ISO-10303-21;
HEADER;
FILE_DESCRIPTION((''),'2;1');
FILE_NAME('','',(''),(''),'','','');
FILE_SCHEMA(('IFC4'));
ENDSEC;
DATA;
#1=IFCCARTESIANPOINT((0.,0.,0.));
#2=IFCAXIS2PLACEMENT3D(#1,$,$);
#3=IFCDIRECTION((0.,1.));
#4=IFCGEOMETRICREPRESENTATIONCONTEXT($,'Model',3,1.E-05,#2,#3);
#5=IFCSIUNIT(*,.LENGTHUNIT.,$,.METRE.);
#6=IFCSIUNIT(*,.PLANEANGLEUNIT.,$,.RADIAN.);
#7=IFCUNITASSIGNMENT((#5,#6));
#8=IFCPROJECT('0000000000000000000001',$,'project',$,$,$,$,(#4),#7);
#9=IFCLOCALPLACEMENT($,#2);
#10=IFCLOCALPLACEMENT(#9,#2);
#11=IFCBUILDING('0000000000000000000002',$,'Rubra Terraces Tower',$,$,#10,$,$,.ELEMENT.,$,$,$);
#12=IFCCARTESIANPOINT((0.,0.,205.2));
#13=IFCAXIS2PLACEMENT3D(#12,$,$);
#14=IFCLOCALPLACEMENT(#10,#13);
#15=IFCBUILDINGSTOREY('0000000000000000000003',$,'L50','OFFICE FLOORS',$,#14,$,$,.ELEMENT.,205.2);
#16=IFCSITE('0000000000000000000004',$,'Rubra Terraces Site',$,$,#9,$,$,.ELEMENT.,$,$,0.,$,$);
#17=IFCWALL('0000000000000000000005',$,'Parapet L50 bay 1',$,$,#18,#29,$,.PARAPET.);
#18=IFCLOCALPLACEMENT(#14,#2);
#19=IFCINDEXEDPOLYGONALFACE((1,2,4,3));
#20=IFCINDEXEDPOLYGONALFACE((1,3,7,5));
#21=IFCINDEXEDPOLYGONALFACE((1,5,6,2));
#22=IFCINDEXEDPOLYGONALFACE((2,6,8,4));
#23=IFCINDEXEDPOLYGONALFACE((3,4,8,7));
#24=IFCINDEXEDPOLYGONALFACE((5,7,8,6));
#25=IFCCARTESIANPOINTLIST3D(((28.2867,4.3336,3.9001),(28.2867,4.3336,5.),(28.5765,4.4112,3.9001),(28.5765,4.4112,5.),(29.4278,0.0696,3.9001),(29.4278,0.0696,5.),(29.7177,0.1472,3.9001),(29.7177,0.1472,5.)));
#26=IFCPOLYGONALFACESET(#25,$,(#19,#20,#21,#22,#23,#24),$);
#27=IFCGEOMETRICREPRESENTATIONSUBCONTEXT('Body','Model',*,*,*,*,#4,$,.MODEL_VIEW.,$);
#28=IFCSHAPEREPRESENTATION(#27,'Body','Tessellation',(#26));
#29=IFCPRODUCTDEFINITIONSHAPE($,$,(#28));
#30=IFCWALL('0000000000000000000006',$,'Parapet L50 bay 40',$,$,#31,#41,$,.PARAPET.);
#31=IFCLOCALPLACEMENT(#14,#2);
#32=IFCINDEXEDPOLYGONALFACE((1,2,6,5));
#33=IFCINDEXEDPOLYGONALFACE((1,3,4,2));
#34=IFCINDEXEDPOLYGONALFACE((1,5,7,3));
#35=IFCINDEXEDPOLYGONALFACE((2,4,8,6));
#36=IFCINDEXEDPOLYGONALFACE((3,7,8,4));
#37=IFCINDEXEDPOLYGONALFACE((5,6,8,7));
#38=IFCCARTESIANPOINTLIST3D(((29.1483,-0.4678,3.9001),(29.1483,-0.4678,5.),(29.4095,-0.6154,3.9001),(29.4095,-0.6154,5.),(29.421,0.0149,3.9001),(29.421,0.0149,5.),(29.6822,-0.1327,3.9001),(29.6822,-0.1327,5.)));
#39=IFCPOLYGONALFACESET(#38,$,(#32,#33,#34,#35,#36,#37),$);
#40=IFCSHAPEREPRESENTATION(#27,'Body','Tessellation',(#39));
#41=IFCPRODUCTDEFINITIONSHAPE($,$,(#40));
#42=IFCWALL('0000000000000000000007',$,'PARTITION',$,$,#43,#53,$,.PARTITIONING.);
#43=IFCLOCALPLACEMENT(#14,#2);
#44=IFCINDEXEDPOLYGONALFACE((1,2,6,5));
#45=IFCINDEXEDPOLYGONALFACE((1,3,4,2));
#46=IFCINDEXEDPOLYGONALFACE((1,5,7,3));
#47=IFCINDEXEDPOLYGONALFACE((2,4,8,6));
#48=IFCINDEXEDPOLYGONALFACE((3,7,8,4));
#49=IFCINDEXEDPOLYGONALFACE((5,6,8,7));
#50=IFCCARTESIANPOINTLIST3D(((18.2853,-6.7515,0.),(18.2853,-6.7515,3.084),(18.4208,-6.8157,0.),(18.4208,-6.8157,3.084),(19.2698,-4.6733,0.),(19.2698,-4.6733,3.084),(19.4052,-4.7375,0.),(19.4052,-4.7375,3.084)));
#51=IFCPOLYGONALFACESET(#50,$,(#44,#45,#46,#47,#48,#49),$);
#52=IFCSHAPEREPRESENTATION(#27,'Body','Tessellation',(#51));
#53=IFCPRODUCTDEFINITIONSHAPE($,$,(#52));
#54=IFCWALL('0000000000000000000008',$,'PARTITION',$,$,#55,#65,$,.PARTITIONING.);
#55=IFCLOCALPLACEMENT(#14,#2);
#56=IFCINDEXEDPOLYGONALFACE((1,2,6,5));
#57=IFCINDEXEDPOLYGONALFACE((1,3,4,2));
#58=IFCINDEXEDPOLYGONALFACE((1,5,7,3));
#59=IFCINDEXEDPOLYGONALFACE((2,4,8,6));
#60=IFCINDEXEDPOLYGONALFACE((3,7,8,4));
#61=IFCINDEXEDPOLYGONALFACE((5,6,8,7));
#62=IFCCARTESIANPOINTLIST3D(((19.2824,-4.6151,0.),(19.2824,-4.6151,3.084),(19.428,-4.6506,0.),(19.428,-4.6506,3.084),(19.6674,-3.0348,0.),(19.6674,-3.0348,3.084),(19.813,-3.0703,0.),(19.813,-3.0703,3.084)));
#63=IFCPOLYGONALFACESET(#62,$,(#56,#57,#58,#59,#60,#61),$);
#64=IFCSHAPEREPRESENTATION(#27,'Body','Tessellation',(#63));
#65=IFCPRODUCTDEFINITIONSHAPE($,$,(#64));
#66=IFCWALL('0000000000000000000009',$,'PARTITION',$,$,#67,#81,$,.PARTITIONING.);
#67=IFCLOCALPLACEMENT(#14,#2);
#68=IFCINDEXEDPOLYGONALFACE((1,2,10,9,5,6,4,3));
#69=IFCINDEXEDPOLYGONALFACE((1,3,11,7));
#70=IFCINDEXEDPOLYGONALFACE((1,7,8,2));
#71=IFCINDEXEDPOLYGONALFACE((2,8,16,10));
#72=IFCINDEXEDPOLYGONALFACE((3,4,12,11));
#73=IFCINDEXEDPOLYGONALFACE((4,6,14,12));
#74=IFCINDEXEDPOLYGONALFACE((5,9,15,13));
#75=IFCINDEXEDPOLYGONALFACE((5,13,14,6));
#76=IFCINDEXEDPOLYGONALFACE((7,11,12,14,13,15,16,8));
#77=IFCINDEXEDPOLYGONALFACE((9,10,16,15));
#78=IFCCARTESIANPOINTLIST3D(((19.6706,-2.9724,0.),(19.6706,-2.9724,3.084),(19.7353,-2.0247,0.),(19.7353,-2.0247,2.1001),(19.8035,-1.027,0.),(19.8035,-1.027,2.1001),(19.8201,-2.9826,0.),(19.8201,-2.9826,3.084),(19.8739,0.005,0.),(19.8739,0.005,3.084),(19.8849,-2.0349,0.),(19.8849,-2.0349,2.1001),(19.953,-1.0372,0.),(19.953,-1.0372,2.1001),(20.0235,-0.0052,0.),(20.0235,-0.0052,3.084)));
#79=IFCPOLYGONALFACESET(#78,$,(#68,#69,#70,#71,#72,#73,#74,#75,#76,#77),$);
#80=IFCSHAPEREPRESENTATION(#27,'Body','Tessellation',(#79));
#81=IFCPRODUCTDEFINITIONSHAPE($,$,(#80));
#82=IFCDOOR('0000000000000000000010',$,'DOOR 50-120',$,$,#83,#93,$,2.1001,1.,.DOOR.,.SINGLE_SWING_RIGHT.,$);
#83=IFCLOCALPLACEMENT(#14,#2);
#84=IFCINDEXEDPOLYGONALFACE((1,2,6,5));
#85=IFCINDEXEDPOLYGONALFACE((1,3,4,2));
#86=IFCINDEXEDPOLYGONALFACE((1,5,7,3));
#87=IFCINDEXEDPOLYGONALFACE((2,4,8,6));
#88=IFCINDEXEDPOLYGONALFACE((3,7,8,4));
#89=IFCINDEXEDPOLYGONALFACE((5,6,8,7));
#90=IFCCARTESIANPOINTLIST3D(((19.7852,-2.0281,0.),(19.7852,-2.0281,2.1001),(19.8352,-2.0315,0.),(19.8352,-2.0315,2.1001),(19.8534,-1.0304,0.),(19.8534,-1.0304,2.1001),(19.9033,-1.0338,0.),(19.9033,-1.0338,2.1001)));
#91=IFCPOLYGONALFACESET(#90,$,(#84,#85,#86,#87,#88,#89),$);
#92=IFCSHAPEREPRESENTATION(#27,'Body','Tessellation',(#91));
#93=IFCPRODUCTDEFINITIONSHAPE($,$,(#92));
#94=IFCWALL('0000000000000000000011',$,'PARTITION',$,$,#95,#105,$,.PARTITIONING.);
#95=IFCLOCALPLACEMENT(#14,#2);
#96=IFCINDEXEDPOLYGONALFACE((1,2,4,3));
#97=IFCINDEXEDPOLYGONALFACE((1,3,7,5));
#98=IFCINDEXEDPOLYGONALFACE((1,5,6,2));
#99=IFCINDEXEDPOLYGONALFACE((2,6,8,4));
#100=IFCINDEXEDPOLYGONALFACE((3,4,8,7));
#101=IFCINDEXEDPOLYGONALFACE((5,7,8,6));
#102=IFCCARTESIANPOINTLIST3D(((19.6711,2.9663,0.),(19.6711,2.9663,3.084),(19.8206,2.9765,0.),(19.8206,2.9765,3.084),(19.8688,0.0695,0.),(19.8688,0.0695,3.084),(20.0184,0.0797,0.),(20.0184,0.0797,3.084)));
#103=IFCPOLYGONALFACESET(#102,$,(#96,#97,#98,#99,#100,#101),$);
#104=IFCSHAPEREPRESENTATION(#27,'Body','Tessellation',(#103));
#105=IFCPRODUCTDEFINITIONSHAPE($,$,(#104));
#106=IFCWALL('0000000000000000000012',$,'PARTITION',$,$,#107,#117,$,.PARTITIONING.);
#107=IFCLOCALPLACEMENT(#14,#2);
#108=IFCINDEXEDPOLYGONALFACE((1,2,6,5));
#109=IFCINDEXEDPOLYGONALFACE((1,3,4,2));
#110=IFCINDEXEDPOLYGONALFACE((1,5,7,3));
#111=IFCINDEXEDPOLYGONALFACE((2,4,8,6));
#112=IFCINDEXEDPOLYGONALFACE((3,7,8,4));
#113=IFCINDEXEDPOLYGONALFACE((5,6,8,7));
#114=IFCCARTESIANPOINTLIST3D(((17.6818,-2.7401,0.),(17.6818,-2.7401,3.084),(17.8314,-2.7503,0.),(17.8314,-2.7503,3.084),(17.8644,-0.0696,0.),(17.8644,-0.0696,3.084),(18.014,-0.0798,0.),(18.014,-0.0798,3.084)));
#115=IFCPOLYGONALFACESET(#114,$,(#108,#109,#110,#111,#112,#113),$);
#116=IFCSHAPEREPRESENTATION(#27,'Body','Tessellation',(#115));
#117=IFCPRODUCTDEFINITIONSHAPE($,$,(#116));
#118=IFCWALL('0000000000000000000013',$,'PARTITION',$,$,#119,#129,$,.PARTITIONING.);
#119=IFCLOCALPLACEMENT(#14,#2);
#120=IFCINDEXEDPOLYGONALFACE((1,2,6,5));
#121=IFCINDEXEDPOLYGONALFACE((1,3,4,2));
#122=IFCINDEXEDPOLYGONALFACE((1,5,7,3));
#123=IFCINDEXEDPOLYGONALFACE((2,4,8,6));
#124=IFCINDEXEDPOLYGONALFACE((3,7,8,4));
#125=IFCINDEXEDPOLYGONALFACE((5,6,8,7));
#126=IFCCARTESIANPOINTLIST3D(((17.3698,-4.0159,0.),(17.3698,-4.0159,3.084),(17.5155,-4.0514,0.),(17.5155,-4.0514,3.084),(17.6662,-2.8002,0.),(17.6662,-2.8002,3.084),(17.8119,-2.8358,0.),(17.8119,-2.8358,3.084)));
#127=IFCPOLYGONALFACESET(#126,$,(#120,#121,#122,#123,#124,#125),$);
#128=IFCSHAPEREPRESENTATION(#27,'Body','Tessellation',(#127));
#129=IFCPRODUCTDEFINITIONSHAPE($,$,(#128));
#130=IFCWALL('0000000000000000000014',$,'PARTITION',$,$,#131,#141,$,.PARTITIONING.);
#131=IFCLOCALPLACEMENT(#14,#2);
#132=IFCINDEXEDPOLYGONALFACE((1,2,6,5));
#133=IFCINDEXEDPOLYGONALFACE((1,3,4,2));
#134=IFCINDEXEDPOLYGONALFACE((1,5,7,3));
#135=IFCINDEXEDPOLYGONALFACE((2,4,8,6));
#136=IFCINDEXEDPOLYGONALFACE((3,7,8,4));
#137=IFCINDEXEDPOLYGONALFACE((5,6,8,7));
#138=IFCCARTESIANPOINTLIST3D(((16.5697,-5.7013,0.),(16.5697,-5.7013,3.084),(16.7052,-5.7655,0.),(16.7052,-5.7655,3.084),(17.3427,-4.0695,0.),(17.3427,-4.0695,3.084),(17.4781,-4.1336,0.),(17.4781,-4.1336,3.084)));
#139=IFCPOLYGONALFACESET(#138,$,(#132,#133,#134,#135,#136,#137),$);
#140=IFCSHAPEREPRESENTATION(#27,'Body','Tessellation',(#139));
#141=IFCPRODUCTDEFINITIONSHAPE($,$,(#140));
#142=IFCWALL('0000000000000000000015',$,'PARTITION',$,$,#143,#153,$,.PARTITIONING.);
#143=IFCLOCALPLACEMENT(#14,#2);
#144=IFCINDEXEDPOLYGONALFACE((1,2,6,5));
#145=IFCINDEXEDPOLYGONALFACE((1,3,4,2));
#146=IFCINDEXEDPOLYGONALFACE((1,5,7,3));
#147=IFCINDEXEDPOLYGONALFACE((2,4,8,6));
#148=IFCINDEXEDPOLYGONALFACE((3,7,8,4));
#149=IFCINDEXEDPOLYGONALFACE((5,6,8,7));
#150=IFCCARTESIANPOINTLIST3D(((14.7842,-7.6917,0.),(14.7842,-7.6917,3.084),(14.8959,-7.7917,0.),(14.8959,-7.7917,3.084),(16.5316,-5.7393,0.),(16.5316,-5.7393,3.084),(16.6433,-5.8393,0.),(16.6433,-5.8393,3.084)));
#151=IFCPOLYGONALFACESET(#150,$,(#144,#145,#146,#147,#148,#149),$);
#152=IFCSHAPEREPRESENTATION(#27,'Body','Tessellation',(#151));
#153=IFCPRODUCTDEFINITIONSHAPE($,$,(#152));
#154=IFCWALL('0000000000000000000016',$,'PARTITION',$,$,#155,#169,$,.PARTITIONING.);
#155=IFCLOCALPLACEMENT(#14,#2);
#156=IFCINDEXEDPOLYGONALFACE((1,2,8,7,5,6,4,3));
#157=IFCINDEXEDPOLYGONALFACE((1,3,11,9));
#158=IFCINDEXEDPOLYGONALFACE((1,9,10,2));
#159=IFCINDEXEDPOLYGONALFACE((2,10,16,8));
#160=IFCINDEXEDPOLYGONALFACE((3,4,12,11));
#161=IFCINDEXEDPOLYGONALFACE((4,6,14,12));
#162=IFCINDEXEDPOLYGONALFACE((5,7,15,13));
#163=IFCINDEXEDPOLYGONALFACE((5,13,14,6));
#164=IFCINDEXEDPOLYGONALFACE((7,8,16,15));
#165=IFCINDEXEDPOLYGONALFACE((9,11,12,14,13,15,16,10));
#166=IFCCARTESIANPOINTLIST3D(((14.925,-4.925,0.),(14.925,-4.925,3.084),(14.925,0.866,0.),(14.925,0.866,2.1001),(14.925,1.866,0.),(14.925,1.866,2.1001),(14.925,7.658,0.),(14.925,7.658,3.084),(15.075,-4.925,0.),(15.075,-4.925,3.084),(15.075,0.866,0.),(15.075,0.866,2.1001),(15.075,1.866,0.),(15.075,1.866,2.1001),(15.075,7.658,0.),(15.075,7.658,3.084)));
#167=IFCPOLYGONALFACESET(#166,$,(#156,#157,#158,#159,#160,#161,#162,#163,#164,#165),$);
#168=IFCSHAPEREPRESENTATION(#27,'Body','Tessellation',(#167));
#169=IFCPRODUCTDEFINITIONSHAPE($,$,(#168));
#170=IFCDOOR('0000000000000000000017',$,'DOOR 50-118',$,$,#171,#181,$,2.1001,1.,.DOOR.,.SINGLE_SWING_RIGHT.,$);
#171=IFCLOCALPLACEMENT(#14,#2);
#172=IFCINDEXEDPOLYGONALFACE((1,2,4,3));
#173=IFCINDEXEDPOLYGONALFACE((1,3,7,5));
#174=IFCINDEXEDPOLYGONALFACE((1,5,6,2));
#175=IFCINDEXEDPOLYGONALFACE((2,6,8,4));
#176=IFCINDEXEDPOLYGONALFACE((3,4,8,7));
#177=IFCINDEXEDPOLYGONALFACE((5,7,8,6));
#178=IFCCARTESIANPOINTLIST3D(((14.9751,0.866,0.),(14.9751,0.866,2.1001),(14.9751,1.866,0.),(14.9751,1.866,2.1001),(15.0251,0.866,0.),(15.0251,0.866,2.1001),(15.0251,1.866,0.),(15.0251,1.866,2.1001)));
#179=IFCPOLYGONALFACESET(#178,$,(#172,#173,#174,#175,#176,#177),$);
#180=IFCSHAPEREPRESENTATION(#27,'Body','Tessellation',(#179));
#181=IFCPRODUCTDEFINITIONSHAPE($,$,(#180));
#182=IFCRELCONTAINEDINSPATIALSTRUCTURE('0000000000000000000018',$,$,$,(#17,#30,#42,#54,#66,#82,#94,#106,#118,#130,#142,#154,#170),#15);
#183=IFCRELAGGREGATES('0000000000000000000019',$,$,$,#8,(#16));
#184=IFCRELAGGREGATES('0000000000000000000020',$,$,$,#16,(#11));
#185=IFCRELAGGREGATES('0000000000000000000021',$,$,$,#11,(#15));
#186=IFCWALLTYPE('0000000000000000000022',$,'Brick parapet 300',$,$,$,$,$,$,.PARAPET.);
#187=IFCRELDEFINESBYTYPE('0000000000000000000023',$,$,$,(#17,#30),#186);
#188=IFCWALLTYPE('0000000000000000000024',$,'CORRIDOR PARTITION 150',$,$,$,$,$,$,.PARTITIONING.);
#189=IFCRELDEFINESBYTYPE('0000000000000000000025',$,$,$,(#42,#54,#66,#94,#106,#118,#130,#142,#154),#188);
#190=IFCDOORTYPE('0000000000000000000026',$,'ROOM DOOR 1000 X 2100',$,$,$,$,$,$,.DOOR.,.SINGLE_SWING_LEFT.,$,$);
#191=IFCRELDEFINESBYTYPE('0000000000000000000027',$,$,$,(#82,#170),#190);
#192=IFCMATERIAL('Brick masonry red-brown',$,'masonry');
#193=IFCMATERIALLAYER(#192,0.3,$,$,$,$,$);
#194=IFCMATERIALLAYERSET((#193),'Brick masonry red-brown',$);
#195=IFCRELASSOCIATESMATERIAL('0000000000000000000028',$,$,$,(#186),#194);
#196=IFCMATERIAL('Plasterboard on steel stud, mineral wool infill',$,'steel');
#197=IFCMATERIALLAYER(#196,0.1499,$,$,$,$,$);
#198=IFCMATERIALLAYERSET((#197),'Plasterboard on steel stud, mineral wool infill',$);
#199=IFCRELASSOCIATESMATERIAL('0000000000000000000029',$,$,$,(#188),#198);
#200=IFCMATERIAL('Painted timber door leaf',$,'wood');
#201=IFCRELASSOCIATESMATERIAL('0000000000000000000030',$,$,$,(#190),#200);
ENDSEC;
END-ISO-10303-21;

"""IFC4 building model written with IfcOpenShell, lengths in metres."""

from ifc_helpers import new_model, si_unit, direction, frame, frame_2d, origin, place, context, subcontext, project, spatial, rectangle, extrude, material, layer, layer_set, type_object, element, fill, save


model = new_model("IFC4")

# Units and contexts
model_context = context("Model", 3, precision=1e-05, world=origin(), true_north=direction((0.0, 1.0)))
body_context = subcontext(model_context, "Body", "Model", "MODEL_VIEW")
ifc_project = project(units=[si_unit("LENGTHUNIT", "METRE"), si_unit("PLANEANGLEUNIT", "RADIAN")], contexts=[model_context])

# Site, building, storey
site_placement = place(None, origin())
site = spatial("IfcSite", under=ifc_project, at=site_placement, Name="Rubra Terraces Site", CompositionType="ELEMENT", RefElevation=0.0)
building_placement = place(site_placement, origin())
building = spatial("IfcBuilding", under=site, at=building_placement, Name="Rubra Terraces Tower", CompositionType="ELEMENT")
storey_placement = place(building_placement, frame((0.0, 0.0, 205.2)))
storey = spatial("IfcBuildingStorey", under=building, at=storey_placement, Name="L50", Description="OFFICE FLOORS", CompositionType="ELEMENT", Elevation=205.2)

# Shared definitions
ifc_material_1 = material(Name="Brick masonry red-brown", Category="masonry")

# Walls
ifc_layer_1 = layer(ifc_material_1, 0.3)
ifc_layer_set_1 = layer_set([ifc_layer_1], Name="Brick masonry red-brown")
wall_type_1 = type_object("IfcWallType", Name="Brick parapet 300", PredefinedType="PARAPET", material=ifc_layer_set_1)
wall_1_placement = place(storey_placement, frame((29.5728, 0.1084, 3.9001), z_axis=(0.0, 0.0, 1.0), x_axis=(-0.258523, 0.966005, 0.0)))
element("IfcWall", 1, at=wall_1_placement, inside=storey, type_object=wall_type_1, Name="Parapet L50 bay 1", PredefinedType="PARAPET", context=body_context, shape_type="SweptSolid", body=[
    extrude(rectangle(XDim=4.4141, YDim=0.3, at=frame_2d((2.207, 0.0))), origin(), (0.0, 0.0, 1.0), 1.0999),
])
wall_2_placement = place(storey_placement, frame((29.2788, -0.5417, 3.9001), z_axis=(0.0, 0.0, 1.0), x_axis=(0.491912, 0.870645, 0.0)))
element("IfcWall", 2, at=wall_2_placement, inside=storey, type_object=wall_type_1, Name="Parapet L50 bay 40", PredefinedType="PARAPET", context=body_context, shape_type="SweptSolid", body=[
    extrude(rectangle(XDim=0.5544, YDim=0.3, at=frame_2d((0.2773, 0.0))), origin(), (0.0, 0.0, 1.0), 1.0999),
])
ifc_material_2 = material(Name="Plasterboard on steel stud, mineral wool infill", Category="steel")
ifc_layer_2 = layer(ifc_material_2, 0.1499)
ifc_layer_set_2 = layer_set([ifc_layer_2], Name="Plasterboard on steel stud, mineral wool infill")
wall_type_2 = type_object("IfcWallType", Name="CORRIDOR PARTITION 150", PredefinedType="PARTITIONING", material=ifc_layer_set_2)
wall_3_placement = place(storey_placement, frame((18.353, -6.7837, 0.0), z_axis=(0.0, 0.0, 1.0), x_axis=(0.428086, 0.903738, 0.0)))
element("IfcWall", 3, at=wall_3_placement, inside=storey, type_object=wall_type_2, Name="PARTITION", PredefinedType="PARTITIONING", context=body_context, shape_type="SweptSolid", body=[
    extrude(rectangle(XDim=2.2996, YDim=0.1499, at=frame_2d((1.1499, 0.0))), origin(), (0.0, 0.0, 1.0), 3.084),
])
wall_4_placement = place(storey_placement, frame((19.3552, -4.6328, 0.0), z_axis=(0.0, 0.0, 1.0), x_axis=(0.236704, 0.971582, 0.0)))
element("IfcWall", 4, at=wall_4_placement, inside=storey, type_object=wall_type_2, Name="PARTITION", PredefinedType="PARTITIONING", context=body_context, shape_type="SweptSolid", body=[
    extrude(rectangle(XDim=1.6265, YDim=0.1499, at=frame_2d((0.8132, 0.0))), origin(), (0.0, 0.0, 1.0), 3.084),
])

# Wall, opening, door
wall_5_placement = place(storey_placement, frame((19.7454, -2.9775, 0.0), z_axis=(0.0, 0.0, 1.0), x_axis=(0.068142, 0.997676, 0.0)))
wall_5 = element("IfcWall", 5, at=wall_5_placement, inside=storey, type_object=wall_type_2, Name="PARTITION", PredefinedType="PARTITIONING", context=body_context, shape_type="SweptSolid", body=[
    extrude(rectangle(XDim=2.9844, YDim=0.1499, at=frame_2d((1.4922, 0.0))), origin(), (0.0, 0.0, 1.0), 3.084),
])
opening_1_placement = place(wall_5_placement, frame((0.95, 0.0, 0.0)))
opening_1 = element("IfcOpeningElement", 6, at=opening_1_placement, cuts=wall_5, PredefinedType="OPENING", context=body_context, shape_type="SweptSolid", body=[
    extrude(rectangle(XDim=1.0, YDim=2.1001, at=frame_2d((0.5, 1.05))), frame((0.0, 0.085, 0.0), z_axis=(0.0, -1.0, 0.0), x_axis=(1.0, 0.0, 0.0)), (0.0, 0.0, 1.0), 0.1699),
])
ifc_material_3 = material(Name="Painted timber door leaf", Category="wood")
door_type_1 = type_object("IfcDoorType", Name="ROOM DOOR 1000 X 2100", OperationType="SINGLE_SWING_LEFT", PredefinedType="DOOR", material=ifc_material_3)
door_1_placement = place(opening_1_placement, origin())
door_1 = element("IfcDoor", 7, at=door_1_placement, inside=storey, type_object=door_type_1, Name="DOOR 50-120", OperationType="SINGLE_SWING_RIGHT", OverallHeight=2.1001, OverallWidth=1.0, PredefinedType="DOOR", context=body_context, shape_type="SweptSolid", body=[
    extrude(rectangle(XDim=1.0, YDim=2.1001, at=frame_2d((0.5, 1.05))), frame((0.0, 0.0249, 0.0), z_axis=(0.0, -1.0, 0.0), x_axis=(1.0, 0.0, 0.0)), (0.0, 0.0, 1.0), 0.05),
])
fill(opening_1, door_1)

# Walls
wall_6_placement = place(storey_placement, frame((19.9436, 0.0747, 0.0), z_axis=(0.0, 0.0, 1.0), x_axis=(-0.068109, 0.997678, 0.0)))
element("IfcWall", 8, at=wall_6_placement, inside=storey, type_object=wall_type_2, Name="PARTITION", PredefinedType="PARTITIONING", context=body_context, shape_type="SweptSolid", body=[
    extrude(rectangle(XDim=2.9036, YDim=0.1499, at=frame_2d((1.4517, 0.0))), origin(), (0.0, 0.0, 1.0), 3.084),
])
wall_7_placement = place(storey_placement, frame((17.9392, -0.0747, 0.0), z_axis=(0.0, 0.0, 1.0), x_axis=(-0.068226, -0.99767, 0.0)))
element("IfcWall", 9, at=wall_7_placement, inside=storey, type_object=wall_type_2, Name="PARTITION", PredefinedType="PARTITIONING", context=body_context, shape_type="SweptSolid", body=[
    extrude(rectangle(XDim=2.6768, YDim=0.1499, at=frame_2d((1.3384, 0.0))), origin(), (0.0, 0.0, 1.0), 3.084),
])
wall_8_placement = place(storey_placement, frame((17.739, -2.8181, 0.0), z_axis=(0.0, 0.0, 1.0), x_axis=(-0.236884, -0.971538, 0.0)))
element("IfcWall", 10, at=wall_8_placement, inside=storey, type_object=wall_type_2, Name="PARTITION", PredefinedType="PARTITIONING", context=body_context, shape_type="SweptSolid", body=[
    extrude(rectangle(XDim=1.2512, YDim=0.1499, at=frame_2d((0.6255, 0.0))), origin(), (0.0, 0.0, 1.0), 3.084),
])
wall_9_placement = place(storey_placement, frame((17.4104, -4.1016, 0.0), z_axis=(0.0, 0.0, 1.0), x_axis=(-0.428075, -0.903743, 0.0)))
element("IfcWall", 11, at=wall_9_placement, inside=storey, type_object=wall_type_2, Name="PARTITION", PredefinedType="PARTITIONING", context=body_context, shape_type="SweptSolid", body=[
    extrude(rectangle(XDim=1.8057, YDim=0.1499, at=frame_2d((0.9028, 0.0))), origin(), (0.0, 0.0, 1.0), 3.084),
])
wall_10_placement = place(storey_placement, frame((16.5874, -5.7893, 0.0), z_axis=(0.0, 0.0, 1.0), x_axis=(-0.666887, -0.745158, 0.0)))
element("IfcWall", 12, at=wall_10_placement, inside=storey, type_object=wall_type_2, Name="PARTITION", PredefinedType="PARTITIONING", context=body_context, shape_type="SweptSolid", body=[
    extrude(rectangle(XDim=2.6201, YDim=0.1499, at=frame_2d((1.3101, 0.0))), origin(), (0.0, 0.0, 1.0), 3.084),
])

# Wall, opening, door
wall_11_placement = place(storey_placement, frame((15.0, -4.925, 0.0), z_axis=(0.0, 0.0, 1.0), x_axis=(0.0, 1.0, 0.0)))
wall_11 = element("IfcWall", 13, at=wall_11_placement, inside=storey, type_object=wall_type_2, Name="PARTITION", PredefinedType="PARTITIONING", context=body_context, shape_type="SweptSolid", body=[
    extrude(rectangle(XDim=12.583, YDim=0.1499, at=frame_2d((6.2915, 0.0))), origin(), (0.0, 0.0, 1.0), 3.084),
])
opening_2_placement = place(wall_11_placement, frame((5.791, 0.0, 0.0)))
opening_2 = element("IfcOpeningElement", 14, at=opening_2_placement, cuts=wall_11, PredefinedType="OPENING", context=body_context, shape_type="SweptSolid", body=[
    extrude(rectangle(XDim=1.0, YDim=2.1001, at=frame_2d((0.5, 1.05))), frame((0.0, 0.085, 0.0), z_axis=(0.0, -1.0, 0.0), x_axis=(1.0, 0.0, 0.0)), (0.0, 0.0, 1.0), 0.1699),
])
door_2_placement = place(opening_2_placement, origin())
door_2 = element("IfcDoor", 15, at=door_2_placement, inside=storey, type_object=door_type_1, Name="DOOR 50-118", OperationType="SINGLE_SWING_RIGHT", OverallHeight=2.1001, OverallWidth=1.0, PredefinedType="DOOR", context=body_context, shape_type="SweptSolid", body=[
    extrude(rectangle(XDim=1.0, YDim=2.1001, at=frame_2d((0.5, 1.05))), frame((0.0, 0.0249, 0.0), z_axis=(0.0, -1.0, 0.0), x_axis=(1.0, 0.0, 0.0)), (0.0, 0.0, 1.0), 0.05),
])
fill(opening_2, door_2)

save(model, "model.ifc")
